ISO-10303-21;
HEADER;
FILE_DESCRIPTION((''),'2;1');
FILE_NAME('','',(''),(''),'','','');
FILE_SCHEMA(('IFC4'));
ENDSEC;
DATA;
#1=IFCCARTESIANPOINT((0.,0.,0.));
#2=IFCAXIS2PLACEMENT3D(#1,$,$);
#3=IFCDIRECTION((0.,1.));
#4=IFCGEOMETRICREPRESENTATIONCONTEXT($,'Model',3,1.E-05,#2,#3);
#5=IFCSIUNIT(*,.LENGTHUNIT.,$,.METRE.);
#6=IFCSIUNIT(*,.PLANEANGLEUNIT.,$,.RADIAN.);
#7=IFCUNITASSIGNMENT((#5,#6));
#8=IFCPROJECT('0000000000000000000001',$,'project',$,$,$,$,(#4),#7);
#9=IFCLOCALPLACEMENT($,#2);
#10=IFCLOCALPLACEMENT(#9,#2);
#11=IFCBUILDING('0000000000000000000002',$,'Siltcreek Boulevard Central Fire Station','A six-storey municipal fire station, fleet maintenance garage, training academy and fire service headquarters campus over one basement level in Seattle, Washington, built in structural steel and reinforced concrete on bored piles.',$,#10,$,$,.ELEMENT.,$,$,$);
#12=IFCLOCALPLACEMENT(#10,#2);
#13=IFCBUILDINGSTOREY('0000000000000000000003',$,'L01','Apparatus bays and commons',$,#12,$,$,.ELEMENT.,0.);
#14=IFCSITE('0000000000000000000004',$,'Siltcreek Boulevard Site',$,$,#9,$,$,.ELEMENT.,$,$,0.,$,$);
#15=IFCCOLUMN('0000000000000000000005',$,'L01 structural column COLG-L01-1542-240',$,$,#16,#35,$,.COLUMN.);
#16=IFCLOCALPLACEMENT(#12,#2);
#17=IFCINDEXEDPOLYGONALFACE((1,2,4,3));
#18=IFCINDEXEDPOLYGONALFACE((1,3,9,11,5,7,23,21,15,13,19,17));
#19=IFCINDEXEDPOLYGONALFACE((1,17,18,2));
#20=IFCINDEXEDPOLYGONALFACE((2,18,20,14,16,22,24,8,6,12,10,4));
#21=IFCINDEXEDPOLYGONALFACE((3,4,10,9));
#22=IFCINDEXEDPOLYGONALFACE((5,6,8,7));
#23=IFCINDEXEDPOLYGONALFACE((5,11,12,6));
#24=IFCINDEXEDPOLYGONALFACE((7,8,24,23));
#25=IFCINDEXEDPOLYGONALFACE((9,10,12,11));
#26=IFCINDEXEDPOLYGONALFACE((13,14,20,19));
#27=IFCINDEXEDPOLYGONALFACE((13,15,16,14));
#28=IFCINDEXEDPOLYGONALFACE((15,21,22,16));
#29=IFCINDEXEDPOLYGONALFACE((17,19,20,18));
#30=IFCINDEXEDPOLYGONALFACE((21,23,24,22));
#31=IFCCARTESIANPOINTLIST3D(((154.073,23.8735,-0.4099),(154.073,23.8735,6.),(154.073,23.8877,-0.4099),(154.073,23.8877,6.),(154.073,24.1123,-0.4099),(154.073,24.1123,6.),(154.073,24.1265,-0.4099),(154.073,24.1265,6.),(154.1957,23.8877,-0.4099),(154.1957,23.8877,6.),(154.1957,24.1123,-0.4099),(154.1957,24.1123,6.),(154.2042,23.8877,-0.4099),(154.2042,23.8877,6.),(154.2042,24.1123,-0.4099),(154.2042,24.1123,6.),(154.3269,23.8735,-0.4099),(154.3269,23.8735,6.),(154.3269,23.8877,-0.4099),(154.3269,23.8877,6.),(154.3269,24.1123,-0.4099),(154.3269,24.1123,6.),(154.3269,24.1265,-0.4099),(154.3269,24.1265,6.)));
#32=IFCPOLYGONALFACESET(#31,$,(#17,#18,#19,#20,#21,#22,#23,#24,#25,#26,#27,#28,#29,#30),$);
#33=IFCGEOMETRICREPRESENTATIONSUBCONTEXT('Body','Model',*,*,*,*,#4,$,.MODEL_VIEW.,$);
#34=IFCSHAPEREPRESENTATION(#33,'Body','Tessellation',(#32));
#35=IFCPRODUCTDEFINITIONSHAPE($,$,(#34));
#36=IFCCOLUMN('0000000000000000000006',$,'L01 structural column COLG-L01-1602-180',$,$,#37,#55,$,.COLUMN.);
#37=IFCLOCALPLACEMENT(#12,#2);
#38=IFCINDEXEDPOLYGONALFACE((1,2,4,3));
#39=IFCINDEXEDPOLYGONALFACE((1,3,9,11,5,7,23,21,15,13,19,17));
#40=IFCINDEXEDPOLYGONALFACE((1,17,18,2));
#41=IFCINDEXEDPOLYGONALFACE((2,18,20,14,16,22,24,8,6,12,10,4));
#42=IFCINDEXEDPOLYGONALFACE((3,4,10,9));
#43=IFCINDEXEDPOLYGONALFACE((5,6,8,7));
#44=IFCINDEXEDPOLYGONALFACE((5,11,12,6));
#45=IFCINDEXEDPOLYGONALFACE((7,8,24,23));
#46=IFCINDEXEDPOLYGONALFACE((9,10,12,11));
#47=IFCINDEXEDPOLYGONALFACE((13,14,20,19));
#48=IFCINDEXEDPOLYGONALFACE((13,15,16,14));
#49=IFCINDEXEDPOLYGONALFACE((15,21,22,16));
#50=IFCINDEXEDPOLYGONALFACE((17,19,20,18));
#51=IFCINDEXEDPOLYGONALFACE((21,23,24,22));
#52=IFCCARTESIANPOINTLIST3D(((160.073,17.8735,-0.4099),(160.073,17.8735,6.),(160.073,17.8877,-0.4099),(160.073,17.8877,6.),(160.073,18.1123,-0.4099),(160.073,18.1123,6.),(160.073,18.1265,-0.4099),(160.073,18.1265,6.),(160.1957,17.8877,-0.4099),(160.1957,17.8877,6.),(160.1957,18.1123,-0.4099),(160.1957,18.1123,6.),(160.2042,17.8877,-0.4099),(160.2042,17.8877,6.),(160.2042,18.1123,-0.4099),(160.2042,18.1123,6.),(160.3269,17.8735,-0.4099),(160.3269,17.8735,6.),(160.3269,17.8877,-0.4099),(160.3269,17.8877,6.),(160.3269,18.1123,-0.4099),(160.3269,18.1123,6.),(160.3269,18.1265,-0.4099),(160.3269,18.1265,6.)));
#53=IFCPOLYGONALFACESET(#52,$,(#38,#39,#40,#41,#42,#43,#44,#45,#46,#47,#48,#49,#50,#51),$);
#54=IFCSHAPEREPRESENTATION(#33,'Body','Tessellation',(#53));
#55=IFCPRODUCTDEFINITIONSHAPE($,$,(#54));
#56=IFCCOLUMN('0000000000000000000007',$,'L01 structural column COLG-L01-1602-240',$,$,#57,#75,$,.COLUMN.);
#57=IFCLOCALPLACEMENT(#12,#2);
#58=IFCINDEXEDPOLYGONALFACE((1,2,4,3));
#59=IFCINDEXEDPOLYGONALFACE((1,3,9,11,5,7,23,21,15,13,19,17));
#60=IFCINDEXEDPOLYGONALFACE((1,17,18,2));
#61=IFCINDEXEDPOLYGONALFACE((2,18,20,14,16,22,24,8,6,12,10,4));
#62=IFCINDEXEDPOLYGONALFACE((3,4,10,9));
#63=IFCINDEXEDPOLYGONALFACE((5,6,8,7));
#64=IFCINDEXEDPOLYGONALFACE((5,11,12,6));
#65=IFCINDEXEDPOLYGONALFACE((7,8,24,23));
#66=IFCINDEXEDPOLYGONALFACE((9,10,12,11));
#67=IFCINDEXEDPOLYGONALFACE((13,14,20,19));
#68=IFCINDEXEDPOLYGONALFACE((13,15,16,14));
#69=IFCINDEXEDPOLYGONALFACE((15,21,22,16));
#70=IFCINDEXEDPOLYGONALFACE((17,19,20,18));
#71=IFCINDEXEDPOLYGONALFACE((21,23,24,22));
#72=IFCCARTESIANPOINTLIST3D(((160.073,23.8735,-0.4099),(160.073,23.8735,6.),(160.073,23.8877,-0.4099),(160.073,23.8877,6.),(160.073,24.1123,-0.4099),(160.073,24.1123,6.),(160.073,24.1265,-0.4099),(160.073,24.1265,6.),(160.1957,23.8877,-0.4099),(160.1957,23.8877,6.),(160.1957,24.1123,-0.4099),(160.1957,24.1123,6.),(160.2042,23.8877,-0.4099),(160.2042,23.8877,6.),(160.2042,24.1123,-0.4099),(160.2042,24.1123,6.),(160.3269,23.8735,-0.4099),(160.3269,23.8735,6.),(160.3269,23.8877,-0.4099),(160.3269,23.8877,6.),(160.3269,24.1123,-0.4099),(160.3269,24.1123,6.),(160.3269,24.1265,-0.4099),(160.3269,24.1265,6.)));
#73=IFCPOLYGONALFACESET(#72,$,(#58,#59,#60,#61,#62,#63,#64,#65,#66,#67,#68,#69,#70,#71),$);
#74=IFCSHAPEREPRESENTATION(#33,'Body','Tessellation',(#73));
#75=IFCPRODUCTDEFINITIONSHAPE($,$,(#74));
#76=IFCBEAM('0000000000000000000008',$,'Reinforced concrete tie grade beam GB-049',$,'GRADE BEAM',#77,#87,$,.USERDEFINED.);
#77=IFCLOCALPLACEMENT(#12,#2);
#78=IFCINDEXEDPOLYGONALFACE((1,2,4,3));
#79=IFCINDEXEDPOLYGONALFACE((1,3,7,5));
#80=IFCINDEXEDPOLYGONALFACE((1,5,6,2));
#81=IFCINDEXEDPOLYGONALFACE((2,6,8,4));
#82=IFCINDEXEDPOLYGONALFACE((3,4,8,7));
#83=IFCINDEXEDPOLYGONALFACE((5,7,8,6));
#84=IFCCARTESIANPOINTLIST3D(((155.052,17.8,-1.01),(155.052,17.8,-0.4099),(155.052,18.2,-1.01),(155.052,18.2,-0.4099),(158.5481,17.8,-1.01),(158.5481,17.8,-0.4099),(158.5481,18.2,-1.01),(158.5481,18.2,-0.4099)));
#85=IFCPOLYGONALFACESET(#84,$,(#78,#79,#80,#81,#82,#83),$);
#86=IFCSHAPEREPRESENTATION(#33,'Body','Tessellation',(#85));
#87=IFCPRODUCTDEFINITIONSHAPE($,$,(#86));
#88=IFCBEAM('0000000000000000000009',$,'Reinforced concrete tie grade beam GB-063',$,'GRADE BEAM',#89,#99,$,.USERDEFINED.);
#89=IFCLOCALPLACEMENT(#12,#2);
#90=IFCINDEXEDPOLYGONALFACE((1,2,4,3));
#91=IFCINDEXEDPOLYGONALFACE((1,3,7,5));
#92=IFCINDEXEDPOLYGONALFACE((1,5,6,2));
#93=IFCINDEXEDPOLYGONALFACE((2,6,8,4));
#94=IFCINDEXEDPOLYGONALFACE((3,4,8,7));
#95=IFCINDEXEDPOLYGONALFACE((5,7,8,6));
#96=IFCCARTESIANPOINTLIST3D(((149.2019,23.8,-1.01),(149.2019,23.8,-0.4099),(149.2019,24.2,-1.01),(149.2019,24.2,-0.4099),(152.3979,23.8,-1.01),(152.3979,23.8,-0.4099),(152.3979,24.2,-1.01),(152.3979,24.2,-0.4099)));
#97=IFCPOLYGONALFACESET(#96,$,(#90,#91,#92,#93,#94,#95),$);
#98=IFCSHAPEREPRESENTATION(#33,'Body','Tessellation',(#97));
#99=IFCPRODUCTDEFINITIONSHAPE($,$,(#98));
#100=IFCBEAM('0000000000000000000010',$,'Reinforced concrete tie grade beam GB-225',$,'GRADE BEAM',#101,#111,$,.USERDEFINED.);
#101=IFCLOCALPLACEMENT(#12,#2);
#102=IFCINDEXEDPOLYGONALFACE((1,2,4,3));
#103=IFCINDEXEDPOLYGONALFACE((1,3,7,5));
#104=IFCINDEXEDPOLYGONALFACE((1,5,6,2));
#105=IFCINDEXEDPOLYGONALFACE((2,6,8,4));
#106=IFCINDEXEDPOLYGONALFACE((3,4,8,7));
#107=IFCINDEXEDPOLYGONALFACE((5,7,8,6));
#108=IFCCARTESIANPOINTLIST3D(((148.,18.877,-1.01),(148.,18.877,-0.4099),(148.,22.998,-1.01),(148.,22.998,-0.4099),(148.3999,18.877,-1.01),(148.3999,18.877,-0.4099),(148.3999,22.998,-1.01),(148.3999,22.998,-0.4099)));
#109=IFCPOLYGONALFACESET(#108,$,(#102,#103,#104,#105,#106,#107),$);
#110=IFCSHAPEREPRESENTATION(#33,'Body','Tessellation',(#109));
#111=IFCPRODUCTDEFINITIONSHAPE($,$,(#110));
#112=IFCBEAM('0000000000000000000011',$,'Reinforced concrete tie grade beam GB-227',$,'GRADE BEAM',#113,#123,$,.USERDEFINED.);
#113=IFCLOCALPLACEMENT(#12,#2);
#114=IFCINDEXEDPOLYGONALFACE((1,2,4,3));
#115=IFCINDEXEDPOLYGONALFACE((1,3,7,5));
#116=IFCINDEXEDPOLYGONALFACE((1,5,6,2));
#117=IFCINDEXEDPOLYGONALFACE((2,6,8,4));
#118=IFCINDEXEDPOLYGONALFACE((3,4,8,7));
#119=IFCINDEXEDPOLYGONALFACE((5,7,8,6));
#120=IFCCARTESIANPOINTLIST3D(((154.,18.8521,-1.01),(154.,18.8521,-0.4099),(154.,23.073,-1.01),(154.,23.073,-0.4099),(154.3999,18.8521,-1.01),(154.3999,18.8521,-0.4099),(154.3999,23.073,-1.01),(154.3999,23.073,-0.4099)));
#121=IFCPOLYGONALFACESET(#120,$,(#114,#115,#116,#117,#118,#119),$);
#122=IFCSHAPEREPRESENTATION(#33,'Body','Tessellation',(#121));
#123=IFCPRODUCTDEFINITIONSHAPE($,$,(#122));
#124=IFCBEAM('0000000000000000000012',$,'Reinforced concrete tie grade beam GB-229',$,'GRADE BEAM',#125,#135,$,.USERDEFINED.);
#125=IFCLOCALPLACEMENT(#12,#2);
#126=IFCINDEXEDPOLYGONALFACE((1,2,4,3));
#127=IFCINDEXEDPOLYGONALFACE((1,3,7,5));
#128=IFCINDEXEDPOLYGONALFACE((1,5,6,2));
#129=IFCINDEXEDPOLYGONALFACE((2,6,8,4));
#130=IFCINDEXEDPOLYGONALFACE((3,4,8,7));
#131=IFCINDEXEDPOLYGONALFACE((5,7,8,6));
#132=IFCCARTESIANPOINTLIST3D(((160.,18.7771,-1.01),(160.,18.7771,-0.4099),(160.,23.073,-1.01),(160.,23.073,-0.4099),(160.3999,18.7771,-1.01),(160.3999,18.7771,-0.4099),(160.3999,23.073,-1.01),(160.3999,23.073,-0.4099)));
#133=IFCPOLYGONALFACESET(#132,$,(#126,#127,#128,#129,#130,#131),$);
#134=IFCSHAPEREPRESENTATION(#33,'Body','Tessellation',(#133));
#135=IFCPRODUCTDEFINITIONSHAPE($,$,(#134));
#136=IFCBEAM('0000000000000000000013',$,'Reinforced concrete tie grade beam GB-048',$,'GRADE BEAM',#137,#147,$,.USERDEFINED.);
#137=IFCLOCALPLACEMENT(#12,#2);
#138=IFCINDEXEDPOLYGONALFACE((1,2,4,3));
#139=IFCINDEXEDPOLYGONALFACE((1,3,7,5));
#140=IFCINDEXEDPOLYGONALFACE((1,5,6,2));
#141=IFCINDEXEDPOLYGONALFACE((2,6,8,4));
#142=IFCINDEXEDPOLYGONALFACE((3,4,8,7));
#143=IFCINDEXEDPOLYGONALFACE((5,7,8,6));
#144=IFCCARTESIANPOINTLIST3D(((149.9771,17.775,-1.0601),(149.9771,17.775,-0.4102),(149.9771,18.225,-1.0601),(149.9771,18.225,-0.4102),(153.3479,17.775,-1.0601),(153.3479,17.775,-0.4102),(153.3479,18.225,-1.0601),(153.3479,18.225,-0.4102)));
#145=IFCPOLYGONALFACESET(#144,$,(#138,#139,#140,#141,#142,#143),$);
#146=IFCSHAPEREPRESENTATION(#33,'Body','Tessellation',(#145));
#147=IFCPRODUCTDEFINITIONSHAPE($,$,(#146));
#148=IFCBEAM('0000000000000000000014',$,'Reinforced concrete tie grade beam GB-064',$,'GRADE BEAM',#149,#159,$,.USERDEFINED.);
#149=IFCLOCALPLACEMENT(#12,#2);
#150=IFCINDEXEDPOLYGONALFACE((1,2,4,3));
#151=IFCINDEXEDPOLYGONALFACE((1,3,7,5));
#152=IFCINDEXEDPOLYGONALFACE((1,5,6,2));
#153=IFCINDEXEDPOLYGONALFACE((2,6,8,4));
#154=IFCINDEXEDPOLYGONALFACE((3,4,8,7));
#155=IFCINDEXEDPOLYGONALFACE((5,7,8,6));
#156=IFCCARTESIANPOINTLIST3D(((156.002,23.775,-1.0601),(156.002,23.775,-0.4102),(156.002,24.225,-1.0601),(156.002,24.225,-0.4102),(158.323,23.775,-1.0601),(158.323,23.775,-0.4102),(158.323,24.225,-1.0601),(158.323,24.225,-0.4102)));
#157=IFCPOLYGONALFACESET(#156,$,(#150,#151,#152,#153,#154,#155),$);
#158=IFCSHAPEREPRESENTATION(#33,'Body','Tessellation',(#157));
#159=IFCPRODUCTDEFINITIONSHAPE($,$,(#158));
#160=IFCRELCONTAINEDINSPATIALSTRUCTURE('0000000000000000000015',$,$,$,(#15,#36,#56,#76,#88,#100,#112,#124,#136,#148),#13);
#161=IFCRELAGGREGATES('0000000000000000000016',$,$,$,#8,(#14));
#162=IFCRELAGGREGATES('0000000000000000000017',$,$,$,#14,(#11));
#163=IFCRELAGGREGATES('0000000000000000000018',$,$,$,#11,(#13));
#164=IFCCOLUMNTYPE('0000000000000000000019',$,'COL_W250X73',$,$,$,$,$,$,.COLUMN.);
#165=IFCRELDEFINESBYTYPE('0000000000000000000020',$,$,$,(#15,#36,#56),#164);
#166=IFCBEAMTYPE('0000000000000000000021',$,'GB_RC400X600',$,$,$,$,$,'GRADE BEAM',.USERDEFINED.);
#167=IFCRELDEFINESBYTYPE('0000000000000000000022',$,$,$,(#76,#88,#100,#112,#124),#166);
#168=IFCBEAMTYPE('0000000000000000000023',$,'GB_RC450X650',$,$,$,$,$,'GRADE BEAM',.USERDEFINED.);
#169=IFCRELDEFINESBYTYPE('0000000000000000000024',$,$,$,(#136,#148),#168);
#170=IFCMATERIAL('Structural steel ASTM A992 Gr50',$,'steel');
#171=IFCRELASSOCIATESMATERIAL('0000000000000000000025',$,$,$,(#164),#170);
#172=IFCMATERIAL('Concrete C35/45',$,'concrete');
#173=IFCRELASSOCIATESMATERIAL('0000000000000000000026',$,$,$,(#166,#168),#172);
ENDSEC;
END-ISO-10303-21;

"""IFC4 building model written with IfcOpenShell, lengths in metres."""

from ifc_helpers import new_model, si_unit, direction, frame, origin, origin_2d, place, context, subcontext, project, spatial, rectangle, i_section, extrude, material, material_profile, profile_set, type_object, element, save


model = new_model("IFC4")

# Units and contexts
model_context = context("Model", 3, precision=1e-05, world=origin(), true_north=direction((0.0, 1.0)))
body_context = subcontext(model_context, "Body", "Model", "MODEL_VIEW")
ifc_project = project(units=[si_unit("LENGTHUNIT", "METRE"), si_unit("PLANEANGLEUNIT", "RADIAN")], contexts=[model_context])

# Site, building, storey
site_placement = place(None, origin())
site = spatial("IfcSite", under=ifc_project, at=site_placement, Name="Siltcreek Boulevard Site", CompositionType="ELEMENT", RefElevation=0.0)
building_placement = place(site_placement, origin())
building = spatial("IfcBuilding", under=site, at=building_placement, Name="Siltcreek Boulevard Central Fire Station", Description="A six-storey municipal fire station, fleet maintenance garage, training academy and fire service headquarters campus over one basement level in Seattle, Washington, built in structural steel and reinforced concrete on bored piles.", CompositionType="ELEMENT")
storey_placement = place(building_placement, origin())
storey = spatial("IfcBuildingStorey", under=building, at=storey_placement, Name="L01", Description="Apparatus bays and commons", CompositionType="ELEMENT", Elevation=0.0)

# Shared definitions
ifc_material_1 = material(Name="Concrete C35/45", Category="concrete")

# Columns
ifc_material_2 = material(Name="Structural steel ASTM A992 Gr50", Category="steel")
ifc_material_profile_1 = material_profile(ifc_material_2, i_section(OverallWidth=0.2539, OverallDepth=0.2529, WebThickness=0.0085, FlangeThickness=0.0142, at=origin_2d()), Name="W250X73")
ifc_profile_set_1 = profile_set([ifc_material_profile_1], Name="Structural steel ASTM A992 Gr50")
column_type = type_object("IfcColumnType", Name="COL_W250X73", PredefinedType="COLUMN", material=ifc_profile_set_1)
for number, where, z_axis, x_axis, name in (
    (1, (154.2, 24.0, -0.4099), (0.0, 0.0, 1.0), (1.0, 0.0, 0.0), "L01 structural column COLG-L01-1542-240"),
    (2, (160.2, 18.0, -0.4099), (0.0, 0.0, 1.0), (1.0, 0.0, 0.0), "L01 structural column COLG-L01-1602-180"),
    (3, (160.2, 24.0, -0.4099), (0.0, 0.0, 1.0), (1.0, 0.0, 0.0), "L01 structural column COLG-L01-1602-240"),
):
    element("IfcColumn", number, at=place(storey_placement, frame(where, z_axis=z_axis, x_axis=x_axis)), inside=storey, type_object=column_type, Name=name, PredefinedType="COLUMN", context=body_context, shape_type="SweptSolid", body=[
        extrude(i_section(OverallWidth=0.2539, OverallDepth=0.2529, WebThickness=0.0085, FlangeThickness=0.0142, at=origin_2d()), origin(), (0.0, 0.0, 1.0), 6.4099),
    ])

# Beams
ifc_material_profile_2 = material_profile(ifc_material_1, rectangle(XDim=0.3999, YDim=0.6001, at=origin_2d()), Name="RC400X600")
ifc_profile_set_2 = profile_set([ifc_material_profile_2], Name="Concrete C35/45")
beam_type_1 = type_object("IfcBeamType", Name="GB_RC400X600", ElementType="GRADE BEAM", PredefinedType="USERDEFINED", material=ifc_profile_set_2)
beam_1_placement = place(storey_placement, frame((155.052, 18.0, -0.71), z_axis=(1.0, 0.0, 0.0), x_axis=(0.0, 1.0, 0.0)))
element("IfcBeam", 4, at=beam_1_placement, inside=storey, type_object=beam_type_1, Name="Reinforced concrete tie grade beam GB-049", ObjectType="GRADE BEAM", PredefinedType="USERDEFINED", context=body_context, shape_type="SweptSolid", body=[
    extrude(rectangle(XDim=0.3999, YDim=0.6001, at=origin_2d()), origin(), (0.0, 0.0, 1.0), 3.4961),
])
beam_2_placement = place(storey_placement, frame((149.2019, 24.0, -0.71), z_axis=(1.0, 0.0, 0.0), x_axis=(0.0, 1.0, 0.0)))
element("IfcBeam", 5, at=beam_2_placement, inside=storey, type_object=beam_type_1, Name="Reinforced concrete tie grade beam GB-063", ObjectType="GRADE BEAM", PredefinedType="USERDEFINED", context=body_context, shape_type="SweptSolid", body=[
    extrude(rectangle(XDim=0.3999, YDim=0.6001, at=origin_2d()), origin(), (0.0, 0.0, 1.0), 3.196),
])
beam_3_placement = place(storey_placement, frame((148.2, 18.877, -0.71), z_axis=(0.0, 1.0, 0.0), x_axis=(-1.0, 0.0, 0.0)))
element("IfcBeam", 6, at=beam_3_placement, inside=storey, type_object=beam_type_1, Name="Reinforced concrete tie grade beam GB-225", ObjectType="GRADE BEAM", PredefinedType="USERDEFINED", context=body_context, shape_type="SweptSolid", body=[
    extrude(rectangle(XDim=0.3999, YDim=0.6001, at=origin_2d()), origin(), (0.0, 0.0, 1.0), 4.1211),
])
beam_4_placement = place(storey_placement, frame((154.2, 18.8521, -0.71), z_axis=(0.0, 1.0, 0.0), x_axis=(-1.0, 0.0, 0.0)))
element("IfcBeam", 7, at=beam_4_placement, inside=storey, type_object=beam_type_1, Name="Reinforced concrete tie grade beam GB-227", ObjectType="GRADE BEAM", PredefinedType="USERDEFINED", context=body_context, shape_type="SweptSolid", body=[
    extrude(rectangle(XDim=0.3999, YDim=0.6001, at=origin_2d()), origin(), (0.0, 0.0, 1.0), 4.2209),
])
beam_5_placement = place(storey_placement, frame((160.2, 18.7771, -0.71), z_axis=(0.0, 1.0, 0.0), x_axis=(-1.0, 0.0, 0.0)))
element("IfcBeam", 8, at=beam_5_placement, inside=storey, type_object=beam_type_1, Name="Reinforced concrete tie grade beam GB-229", ObjectType="GRADE BEAM", PredefinedType="USERDEFINED", context=body_context, shape_type="SweptSolid", body=[
    extrude(rectangle(XDim=0.3999, YDim=0.6001, at=origin_2d()), origin(), (0.0, 0.0, 1.0), 4.2959),
])
ifc_material_profile_3 = material_profile(ifc_material_1, rectangle(XDim=0.45, YDim=0.6499, at=origin_2d()), Name="RC450X650")
ifc_profile_set_3 = profile_set([ifc_material_profile_3], Name="Concrete C35/45")
beam_type_2 = type_object("IfcBeamType", Name="GB_RC450X650", ElementType="GRADE BEAM", PredefinedType="USERDEFINED", material=ifc_profile_set_3)
beam_6_placement = place(storey_placement, frame((149.9771, 18.0, -0.7351), z_axis=(1.0, 0.0, 0.0), x_axis=(0.0, 1.0, 0.0)))
element("IfcBeam", 9, at=beam_6_placement, inside=storey, type_object=beam_type_2, Name="Reinforced concrete tie grade beam GB-048", ObjectType="GRADE BEAM", PredefinedType="USERDEFINED", context=body_context, shape_type="SweptSolid", body=[
    extrude(rectangle(XDim=0.45, YDim=0.6499, at=origin_2d()), origin(), (0.0, 0.0, 1.0), 3.3708),
])
beam_7_placement = place(storey_placement, frame((156.002, 24.0, -0.7351), z_axis=(1.0, 0.0, 0.0), x_axis=(0.0, 1.0, 0.0)))
element("IfcBeam", 10, at=beam_7_placement, inside=storey, type_object=beam_type_2, Name="Reinforced concrete tie grade beam GB-064", ObjectType="GRADE BEAM", PredefinedType="USERDEFINED", context=body_context, shape_type="SweptSolid", body=[
    extrude(rectangle(XDim=0.45, YDim=0.6499, at=origin_2d()), origin(), (0.0, 0.0, 1.0), 2.321),
])

save(model, "model.ifc")
